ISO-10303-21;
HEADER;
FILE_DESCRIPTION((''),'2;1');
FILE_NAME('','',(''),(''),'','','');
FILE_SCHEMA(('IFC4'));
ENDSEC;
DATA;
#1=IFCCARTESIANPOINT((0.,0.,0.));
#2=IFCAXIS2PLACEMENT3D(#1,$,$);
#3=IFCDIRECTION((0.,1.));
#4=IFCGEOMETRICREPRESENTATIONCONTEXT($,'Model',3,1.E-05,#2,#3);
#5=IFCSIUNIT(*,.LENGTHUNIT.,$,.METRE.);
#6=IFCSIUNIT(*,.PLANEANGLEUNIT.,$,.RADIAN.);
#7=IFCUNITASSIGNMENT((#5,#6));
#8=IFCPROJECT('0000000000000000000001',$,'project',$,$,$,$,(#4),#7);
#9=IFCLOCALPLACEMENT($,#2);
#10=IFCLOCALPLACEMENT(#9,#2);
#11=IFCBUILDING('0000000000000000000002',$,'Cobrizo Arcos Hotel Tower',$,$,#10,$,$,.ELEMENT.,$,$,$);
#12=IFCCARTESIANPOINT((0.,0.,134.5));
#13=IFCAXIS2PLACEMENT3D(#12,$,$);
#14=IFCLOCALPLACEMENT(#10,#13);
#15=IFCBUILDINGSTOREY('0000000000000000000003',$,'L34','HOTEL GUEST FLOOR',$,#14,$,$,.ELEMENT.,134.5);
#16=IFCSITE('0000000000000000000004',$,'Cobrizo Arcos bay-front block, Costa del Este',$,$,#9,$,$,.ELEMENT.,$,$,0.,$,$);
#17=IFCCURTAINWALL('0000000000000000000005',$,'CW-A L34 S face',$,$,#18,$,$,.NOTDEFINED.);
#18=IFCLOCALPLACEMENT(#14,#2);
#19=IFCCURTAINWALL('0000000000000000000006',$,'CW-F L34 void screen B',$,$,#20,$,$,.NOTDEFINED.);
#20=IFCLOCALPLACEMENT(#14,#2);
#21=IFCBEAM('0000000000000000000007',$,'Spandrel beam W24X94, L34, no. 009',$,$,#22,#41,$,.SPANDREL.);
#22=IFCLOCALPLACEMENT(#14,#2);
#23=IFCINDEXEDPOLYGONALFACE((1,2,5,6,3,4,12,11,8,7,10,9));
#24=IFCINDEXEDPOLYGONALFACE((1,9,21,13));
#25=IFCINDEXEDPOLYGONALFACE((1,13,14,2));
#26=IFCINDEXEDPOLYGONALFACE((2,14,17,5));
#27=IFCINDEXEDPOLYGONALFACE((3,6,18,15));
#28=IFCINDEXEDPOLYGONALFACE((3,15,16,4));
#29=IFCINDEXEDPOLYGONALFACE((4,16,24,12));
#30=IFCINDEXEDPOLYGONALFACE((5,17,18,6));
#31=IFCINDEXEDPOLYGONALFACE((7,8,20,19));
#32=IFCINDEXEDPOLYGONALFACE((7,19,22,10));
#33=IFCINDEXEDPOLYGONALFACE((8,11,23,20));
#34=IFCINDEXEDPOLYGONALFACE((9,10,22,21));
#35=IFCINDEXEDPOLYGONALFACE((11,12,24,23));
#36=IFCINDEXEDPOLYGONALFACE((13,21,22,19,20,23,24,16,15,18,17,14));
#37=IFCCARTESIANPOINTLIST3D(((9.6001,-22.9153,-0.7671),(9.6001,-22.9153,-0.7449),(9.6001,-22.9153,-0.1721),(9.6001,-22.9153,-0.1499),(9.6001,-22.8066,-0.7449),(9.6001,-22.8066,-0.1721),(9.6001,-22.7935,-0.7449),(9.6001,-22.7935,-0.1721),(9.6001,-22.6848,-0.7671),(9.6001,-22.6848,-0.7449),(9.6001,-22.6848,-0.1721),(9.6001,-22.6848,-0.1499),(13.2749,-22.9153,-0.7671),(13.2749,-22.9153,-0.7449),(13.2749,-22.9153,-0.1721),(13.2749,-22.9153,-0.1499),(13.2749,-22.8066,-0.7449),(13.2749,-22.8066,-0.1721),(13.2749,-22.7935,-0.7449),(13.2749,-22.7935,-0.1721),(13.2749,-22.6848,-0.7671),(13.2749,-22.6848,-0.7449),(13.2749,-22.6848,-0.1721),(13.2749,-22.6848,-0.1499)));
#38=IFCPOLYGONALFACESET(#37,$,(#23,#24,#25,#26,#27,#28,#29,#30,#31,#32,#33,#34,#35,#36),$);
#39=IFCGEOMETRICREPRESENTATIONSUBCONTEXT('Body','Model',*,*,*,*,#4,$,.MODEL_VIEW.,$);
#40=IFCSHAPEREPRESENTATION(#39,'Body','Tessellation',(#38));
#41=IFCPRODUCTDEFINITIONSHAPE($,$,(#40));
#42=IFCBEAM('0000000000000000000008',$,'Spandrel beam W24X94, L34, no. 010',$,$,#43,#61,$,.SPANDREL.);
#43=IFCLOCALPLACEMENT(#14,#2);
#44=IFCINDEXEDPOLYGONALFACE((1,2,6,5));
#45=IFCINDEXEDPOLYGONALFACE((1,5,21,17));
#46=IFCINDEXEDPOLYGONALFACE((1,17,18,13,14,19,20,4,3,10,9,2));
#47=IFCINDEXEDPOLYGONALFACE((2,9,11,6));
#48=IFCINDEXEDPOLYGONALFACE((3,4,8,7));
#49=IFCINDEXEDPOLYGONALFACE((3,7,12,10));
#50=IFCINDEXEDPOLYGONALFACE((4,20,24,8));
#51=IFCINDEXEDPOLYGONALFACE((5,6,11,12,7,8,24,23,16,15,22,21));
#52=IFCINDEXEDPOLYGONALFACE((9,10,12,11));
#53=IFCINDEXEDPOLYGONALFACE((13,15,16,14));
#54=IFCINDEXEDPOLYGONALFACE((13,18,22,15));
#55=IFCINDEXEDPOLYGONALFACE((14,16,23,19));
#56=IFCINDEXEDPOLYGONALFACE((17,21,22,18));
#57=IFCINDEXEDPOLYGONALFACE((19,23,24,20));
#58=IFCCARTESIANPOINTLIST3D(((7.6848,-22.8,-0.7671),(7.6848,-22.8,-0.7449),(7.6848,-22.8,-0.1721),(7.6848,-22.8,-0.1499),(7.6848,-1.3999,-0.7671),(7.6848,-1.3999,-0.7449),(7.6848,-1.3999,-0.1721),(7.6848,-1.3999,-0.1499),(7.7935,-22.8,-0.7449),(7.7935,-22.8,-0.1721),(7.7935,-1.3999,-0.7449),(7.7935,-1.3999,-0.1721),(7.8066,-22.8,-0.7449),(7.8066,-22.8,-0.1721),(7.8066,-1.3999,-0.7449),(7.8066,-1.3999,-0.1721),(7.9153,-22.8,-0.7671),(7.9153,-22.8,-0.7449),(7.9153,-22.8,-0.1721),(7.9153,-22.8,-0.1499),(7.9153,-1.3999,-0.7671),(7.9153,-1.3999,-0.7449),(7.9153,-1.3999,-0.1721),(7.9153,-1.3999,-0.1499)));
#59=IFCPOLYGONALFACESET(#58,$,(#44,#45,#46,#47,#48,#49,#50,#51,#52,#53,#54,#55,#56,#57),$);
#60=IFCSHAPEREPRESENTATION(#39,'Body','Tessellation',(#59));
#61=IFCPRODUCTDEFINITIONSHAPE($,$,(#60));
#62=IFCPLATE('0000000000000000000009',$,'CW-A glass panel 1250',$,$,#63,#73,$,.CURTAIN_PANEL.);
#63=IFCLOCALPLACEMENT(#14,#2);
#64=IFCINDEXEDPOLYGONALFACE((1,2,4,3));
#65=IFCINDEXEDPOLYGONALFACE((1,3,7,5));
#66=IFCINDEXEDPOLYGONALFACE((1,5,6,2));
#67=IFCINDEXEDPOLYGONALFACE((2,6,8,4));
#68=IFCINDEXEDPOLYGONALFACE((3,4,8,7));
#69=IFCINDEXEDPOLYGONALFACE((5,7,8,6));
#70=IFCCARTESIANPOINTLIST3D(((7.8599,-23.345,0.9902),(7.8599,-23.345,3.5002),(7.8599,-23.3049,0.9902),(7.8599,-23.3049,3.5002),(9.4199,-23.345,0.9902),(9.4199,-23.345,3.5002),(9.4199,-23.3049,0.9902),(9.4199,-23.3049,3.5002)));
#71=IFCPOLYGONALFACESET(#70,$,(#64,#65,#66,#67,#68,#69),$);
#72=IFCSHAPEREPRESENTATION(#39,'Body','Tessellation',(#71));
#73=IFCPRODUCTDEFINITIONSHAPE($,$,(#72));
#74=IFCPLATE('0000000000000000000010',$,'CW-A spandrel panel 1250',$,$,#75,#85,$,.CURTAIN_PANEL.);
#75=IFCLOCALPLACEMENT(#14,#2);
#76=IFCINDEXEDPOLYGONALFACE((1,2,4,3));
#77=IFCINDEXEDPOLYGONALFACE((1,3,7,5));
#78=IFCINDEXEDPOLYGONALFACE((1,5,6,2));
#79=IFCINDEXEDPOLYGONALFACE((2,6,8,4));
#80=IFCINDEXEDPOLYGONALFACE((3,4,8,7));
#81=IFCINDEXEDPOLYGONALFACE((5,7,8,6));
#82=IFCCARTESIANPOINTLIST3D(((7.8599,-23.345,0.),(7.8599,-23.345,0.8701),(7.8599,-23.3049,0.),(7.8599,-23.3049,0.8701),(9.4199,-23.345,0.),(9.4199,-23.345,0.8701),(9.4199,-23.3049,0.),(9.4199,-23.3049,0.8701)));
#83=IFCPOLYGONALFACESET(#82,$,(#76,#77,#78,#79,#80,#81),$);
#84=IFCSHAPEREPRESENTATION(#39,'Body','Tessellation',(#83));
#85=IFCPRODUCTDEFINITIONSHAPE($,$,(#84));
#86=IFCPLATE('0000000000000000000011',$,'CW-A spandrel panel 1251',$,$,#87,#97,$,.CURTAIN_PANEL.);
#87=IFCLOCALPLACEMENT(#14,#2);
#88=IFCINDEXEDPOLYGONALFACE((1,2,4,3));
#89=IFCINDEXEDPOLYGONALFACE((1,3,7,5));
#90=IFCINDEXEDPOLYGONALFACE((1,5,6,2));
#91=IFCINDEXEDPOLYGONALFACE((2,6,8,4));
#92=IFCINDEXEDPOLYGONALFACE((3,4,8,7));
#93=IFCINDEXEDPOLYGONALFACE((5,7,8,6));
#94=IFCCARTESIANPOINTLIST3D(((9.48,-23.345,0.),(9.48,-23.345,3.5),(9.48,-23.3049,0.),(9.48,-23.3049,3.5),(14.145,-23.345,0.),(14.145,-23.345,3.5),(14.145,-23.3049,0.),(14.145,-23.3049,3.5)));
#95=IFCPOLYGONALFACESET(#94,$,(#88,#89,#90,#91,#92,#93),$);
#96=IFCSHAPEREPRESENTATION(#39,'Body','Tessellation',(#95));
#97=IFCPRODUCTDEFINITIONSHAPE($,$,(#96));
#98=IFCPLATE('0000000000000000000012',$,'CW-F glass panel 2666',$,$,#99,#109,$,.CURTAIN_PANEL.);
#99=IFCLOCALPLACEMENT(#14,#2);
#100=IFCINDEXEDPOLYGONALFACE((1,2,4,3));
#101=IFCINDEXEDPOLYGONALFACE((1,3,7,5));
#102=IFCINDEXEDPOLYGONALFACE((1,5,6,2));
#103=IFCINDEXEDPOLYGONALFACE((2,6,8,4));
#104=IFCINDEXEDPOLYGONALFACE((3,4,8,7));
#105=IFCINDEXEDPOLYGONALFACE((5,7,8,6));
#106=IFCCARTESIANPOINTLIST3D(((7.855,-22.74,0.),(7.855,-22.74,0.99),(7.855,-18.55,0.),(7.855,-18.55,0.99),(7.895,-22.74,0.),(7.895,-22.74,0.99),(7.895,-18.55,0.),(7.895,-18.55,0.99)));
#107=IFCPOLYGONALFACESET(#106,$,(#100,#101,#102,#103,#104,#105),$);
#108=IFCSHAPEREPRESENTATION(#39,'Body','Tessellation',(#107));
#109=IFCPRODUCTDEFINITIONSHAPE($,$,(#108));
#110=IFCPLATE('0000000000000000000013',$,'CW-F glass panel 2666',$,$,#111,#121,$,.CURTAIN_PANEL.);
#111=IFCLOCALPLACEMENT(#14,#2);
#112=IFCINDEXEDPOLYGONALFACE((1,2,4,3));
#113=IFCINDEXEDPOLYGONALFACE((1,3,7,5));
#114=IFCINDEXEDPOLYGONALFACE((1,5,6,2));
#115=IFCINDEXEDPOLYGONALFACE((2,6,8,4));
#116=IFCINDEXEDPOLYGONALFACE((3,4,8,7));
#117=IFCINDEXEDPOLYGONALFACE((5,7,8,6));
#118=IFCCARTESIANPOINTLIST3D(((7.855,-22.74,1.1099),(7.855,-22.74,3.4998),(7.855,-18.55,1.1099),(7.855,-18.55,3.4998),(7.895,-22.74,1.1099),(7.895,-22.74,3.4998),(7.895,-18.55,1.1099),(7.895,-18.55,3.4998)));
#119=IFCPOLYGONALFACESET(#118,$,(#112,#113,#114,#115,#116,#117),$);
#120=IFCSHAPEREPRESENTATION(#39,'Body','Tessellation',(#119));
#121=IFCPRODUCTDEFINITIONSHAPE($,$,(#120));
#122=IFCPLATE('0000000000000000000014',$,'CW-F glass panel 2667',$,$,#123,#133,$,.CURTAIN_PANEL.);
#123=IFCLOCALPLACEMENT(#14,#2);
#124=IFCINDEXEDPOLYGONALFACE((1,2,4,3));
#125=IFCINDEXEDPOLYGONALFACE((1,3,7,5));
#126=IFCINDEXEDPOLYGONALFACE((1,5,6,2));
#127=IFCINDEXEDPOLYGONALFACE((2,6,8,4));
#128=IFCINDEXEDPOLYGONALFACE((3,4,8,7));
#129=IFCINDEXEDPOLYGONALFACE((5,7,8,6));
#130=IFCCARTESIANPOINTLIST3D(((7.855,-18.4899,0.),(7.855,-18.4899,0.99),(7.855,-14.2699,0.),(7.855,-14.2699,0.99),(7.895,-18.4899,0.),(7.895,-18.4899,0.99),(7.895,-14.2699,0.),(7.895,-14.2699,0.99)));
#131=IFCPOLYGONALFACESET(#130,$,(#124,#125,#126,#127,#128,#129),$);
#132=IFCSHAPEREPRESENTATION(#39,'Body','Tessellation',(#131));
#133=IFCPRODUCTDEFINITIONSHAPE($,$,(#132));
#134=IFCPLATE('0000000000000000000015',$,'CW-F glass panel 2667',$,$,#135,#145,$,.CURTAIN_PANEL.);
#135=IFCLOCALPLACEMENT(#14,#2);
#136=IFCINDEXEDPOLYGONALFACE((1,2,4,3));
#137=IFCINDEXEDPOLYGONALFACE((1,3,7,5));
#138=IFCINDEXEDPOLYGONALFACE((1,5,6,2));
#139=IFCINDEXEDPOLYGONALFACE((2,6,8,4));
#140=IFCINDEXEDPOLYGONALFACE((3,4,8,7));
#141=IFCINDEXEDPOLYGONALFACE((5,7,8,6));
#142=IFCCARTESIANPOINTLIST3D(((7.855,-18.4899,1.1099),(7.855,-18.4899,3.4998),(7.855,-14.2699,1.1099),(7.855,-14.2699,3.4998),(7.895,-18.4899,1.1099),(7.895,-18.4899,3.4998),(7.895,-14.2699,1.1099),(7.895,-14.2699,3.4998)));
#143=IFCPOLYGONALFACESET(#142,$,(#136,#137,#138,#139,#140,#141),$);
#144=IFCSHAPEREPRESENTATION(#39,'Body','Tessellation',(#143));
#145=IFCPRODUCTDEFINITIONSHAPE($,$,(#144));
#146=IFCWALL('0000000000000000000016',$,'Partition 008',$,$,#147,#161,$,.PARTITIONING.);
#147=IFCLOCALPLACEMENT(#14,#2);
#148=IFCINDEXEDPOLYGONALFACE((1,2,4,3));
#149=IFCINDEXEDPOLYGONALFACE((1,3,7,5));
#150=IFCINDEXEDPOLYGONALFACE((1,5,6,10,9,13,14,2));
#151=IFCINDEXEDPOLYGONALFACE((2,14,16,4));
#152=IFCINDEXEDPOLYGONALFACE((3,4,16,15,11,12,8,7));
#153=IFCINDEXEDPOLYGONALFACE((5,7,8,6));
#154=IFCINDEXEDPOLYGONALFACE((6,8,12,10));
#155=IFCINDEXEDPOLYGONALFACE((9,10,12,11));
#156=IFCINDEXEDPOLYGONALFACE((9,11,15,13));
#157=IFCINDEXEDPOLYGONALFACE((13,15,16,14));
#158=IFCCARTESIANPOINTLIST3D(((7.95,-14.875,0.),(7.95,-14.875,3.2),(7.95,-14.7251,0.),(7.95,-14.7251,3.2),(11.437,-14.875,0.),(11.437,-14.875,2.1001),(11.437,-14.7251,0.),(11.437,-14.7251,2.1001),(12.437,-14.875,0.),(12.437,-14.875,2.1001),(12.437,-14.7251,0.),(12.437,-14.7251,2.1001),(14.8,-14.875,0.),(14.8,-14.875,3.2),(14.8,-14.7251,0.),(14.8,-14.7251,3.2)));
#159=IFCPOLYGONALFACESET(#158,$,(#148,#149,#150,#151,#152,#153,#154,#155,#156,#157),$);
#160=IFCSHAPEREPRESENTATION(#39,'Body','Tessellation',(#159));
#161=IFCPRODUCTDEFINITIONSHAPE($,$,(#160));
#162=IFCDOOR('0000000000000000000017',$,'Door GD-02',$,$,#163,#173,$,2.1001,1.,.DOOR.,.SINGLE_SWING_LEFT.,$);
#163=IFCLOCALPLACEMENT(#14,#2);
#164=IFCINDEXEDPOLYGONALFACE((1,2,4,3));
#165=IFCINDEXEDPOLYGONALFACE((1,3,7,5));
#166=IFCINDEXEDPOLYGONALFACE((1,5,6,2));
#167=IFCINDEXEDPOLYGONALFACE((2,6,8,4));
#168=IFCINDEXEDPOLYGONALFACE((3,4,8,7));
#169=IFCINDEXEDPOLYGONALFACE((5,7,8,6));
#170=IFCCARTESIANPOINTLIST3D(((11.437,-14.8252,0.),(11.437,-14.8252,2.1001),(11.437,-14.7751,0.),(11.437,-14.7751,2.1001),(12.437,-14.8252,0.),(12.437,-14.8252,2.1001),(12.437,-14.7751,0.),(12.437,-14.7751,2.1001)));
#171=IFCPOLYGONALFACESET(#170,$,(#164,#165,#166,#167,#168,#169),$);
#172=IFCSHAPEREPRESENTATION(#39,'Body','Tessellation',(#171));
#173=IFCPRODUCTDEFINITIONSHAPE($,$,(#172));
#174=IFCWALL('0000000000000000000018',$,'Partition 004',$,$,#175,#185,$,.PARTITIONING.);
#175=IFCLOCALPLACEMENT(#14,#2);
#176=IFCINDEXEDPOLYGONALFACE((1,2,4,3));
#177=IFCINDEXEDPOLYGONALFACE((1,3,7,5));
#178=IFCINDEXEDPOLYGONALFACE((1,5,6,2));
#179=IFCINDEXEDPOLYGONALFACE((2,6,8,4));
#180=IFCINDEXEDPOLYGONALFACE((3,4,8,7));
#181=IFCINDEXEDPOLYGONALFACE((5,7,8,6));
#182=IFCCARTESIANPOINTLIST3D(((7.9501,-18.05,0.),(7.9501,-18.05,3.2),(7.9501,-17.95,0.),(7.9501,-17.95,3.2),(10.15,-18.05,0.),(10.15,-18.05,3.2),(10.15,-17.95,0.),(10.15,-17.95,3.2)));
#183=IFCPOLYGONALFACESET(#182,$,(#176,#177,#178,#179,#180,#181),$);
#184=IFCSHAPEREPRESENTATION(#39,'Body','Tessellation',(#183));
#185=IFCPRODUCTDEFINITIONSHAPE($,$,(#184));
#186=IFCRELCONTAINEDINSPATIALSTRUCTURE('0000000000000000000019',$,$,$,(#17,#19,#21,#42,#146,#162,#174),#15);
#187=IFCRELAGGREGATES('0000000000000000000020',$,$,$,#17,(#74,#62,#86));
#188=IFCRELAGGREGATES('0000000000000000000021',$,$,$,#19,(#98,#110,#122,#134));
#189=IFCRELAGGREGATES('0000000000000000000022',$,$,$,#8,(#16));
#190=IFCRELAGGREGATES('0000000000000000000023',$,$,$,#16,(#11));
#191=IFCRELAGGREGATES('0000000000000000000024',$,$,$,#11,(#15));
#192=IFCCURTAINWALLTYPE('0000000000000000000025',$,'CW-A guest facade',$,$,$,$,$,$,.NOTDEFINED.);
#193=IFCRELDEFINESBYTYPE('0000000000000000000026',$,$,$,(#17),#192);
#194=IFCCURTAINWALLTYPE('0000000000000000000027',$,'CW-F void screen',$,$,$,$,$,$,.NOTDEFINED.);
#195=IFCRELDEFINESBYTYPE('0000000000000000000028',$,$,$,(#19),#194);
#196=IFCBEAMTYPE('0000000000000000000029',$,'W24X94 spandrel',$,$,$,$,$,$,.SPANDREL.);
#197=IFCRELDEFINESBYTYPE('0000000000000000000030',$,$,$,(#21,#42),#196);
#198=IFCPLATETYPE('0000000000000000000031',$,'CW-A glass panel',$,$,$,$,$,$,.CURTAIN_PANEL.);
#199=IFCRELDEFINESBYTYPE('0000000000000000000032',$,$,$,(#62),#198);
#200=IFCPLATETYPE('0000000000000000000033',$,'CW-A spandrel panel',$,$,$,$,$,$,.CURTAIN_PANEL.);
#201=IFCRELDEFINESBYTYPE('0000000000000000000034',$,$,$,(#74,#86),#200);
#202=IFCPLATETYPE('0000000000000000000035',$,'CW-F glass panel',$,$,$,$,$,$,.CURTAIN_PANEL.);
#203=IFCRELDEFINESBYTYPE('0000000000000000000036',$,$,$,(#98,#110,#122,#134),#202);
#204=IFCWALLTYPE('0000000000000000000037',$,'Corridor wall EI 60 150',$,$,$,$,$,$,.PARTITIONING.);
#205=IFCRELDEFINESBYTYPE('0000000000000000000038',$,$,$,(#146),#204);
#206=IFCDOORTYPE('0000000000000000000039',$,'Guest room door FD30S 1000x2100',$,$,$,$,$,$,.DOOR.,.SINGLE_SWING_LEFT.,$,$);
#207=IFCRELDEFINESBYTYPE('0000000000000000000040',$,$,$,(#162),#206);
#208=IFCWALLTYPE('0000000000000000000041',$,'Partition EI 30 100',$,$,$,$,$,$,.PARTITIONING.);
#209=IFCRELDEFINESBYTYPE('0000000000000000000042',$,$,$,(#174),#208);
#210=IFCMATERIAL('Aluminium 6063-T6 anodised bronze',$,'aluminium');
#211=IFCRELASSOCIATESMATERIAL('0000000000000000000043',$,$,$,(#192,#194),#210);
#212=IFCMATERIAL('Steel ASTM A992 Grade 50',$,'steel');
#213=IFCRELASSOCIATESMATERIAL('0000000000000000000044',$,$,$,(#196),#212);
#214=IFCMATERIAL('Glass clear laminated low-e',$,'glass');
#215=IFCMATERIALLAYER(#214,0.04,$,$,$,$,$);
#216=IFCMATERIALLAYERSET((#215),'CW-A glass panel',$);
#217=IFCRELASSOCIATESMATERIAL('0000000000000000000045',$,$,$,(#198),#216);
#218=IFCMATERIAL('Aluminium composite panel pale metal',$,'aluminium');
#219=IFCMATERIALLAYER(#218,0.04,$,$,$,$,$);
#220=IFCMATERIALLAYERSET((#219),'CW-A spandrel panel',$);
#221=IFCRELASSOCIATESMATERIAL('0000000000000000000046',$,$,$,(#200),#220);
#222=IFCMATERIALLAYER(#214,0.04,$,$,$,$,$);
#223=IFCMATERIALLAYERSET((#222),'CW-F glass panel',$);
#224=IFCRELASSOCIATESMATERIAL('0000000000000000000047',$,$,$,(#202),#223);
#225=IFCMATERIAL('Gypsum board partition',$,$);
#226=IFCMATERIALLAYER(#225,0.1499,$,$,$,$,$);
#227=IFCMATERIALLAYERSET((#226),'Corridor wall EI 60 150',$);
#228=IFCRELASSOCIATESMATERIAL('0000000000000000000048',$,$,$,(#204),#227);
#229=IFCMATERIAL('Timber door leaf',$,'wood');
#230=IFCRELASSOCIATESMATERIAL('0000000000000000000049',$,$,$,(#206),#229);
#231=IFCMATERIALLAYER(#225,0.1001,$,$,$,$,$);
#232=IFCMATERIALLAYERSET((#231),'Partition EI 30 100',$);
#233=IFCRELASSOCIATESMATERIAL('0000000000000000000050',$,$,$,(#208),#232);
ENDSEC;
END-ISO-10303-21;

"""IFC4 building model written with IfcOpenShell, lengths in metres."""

from ifc_helpers import new_model, si_unit, direction, frame, frame_2d, origin, origin_2d, place, context, subcontext, project, spatial, rectangle, i_section, extrude, material, layer, layer_set, material_profile, profile_set, type_object, element, fill, aggregate, save


model = new_model("IFC4")

# Units and contexts
model_context = context("Model", 3, precision=1e-05, world=origin(), true_north=direction((0.0, 1.0)))
body_context = subcontext(model_context, "Body", "Model", "MODEL_VIEW")
ifc_project = project(units=[si_unit("LENGTHUNIT", "METRE"), si_unit("PLANEANGLEUNIT", "RADIAN")], contexts=[model_context])

# Site, building, storey
site_placement = place(None, origin())
site = spatial("IfcSite", under=ifc_project, at=site_placement, Name="Cobrizo Arcos bay-front block, Costa del Este", CompositionType="ELEMENT", RefElevation=0.0)
building_placement = place(site_placement, origin())
building = spatial("IfcBuilding", under=site, at=building_placement, Name="Cobrizo Arcos Hotel Tower", CompositionType="ELEMENT")
storey_placement = place(building_placement, frame((0.0, 0.0, 134.5)))
storey = spatial("IfcBuildingStorey", under=building, at=storey_placement, Name="L34", Description="HOTEL GUEST FLOOR", CompositionType="ELEMENT", Elevation=134.5)

# Curtain walls
ifc_material_1 = material(Name="Aluminium 6063-T6 anodised bronze", Category="aluminium")
curtain_wall_type_1 = type_object("IfcCurtainWallType", Name="CW-A guest facade", PredefinedType="NOTDEFINED", material=ifc_material_1)
curtain_wall_1_placement = place(storey_placement, origin())
curtain_wall_1 = element("IfcCurtainWall", 1, at=curtain_wall_1_placement, inside=storey, type_object=curtain_wall_type_1, Name="CW-A L34 S face", PredefinedType="NOTDEFINED")
curtain_wall_type_2 = type_object("IfcCurtainWallType", Name="CW-F void screen", PredefinedType="NOTDEFINED", material=ifc_material_1)
curtain_wall_2_placement = place(storey_placement, origin())
curtain_wall_2 = element("IfcCurtainWall", 2, at=curtain_wall_2_placement, inside=storey, type_object=curtain_wall_type_2, Name="CW-F L34 void screen B", PredefinedType="NOTDEFINED")

# Beams
ifc_material_2 = material(Name="Steel ASTM A992 Grade 50", Category="steel")
ifc_material_profile_1 = material_profile(ifc_material_2, i_section(OverallWidth=0.2305, OverallDepth=0.6172, WebThickness=0.0132, FlangeThickness=0.0222, at=origin_2d()), Name="W24X94")
ifc_profile_set_1 = profile_set([ifc_material_profile_1], Name="Steel ASTM A992 Grade 50")
beam_type_1 = type_object("IfcBeamType", Name="W24X94 spandrel", PredefinedType="SPANDREL", material=ifc_profile_set_1)
beam_1_placement = place(storey_placement, frame((13.2749, -22.8, -0.4585), z_axis=(-1.0, 0.0, 0.0), x_axis=(0.0, -1.0, 0.0)))
element("IfcBeam", 3, at=beam_1_placement, inside=storey, type_object=beam_type_1, Name="Spandrel beam W24X94, L34, no. 009", PredefinedType="SPANDREL", context=body_context, shape_type="SweptSolid", body=[
    extrude(i_section(OverallWidth=0.2305, OverallDepth=0.6172, WebThickness=0.0132, FlangeThickness=0.0222, at=origin_2d()), origin(), (0.0, 0.0, 1.0), 3.6748),
])
beam_2_placement = place(storey_placement, frame((7.8, -22.8, -0.4585), z_axis=(0.0, 1.0, 0.0), x_axis=(-1.0, 0.0, 0.0)))
element("IfcBeam", 4, at=beam_2_placement, inside=storey, type_object=beam_type_1, Name="Spandrel beam W24X94, L34, no. 010", PredefinedType="SPANDREL", context=body_context, shape_type="SweptSolid", body=[
    extrude(i_section(OverallWidth=0.2305, OverallDepth=0.6172, WebThickness=0.0132, FlangeThickness=0.0222, at=origin_2d()), origin(), (0.0, 0.0, 1.0), 21.4001),
])

# Plates
ifc_material_3 = material(Name="Glass clear laminated low-e", Category="glass")
ifc_layer_1 = layer(ifc_material_3, 0.04)
ifc_layer_set_1 = layer_set([ifc_layer_1], Name="CW-A glass panel")
plate_type_1 = type_object("IfcPlateType", Name="CW-A glass panel", PredefinedType="CURTAIN_PANEL", material=ifc_layer_set_1)
plate_1_placement = place(storey_placement, frame((8.6399, -23.325, 0.9902), z_axis=(0.0, 0.0, 1.0), x_axis=(1.0, 0.0, 0.0)))
plate_1 = element("IfcPlate", 5, at=plate_1_placement, type_object=plate_type_1, Name="CW-A glass panel 1250", PredefinedType="CURTAIN_PANEL", context=body_context, shape_type="SweptSolid", body=[
    extrude(rectangle(XDim=1.5601, YDim=0.04, at=origin_2d()), origin(), (0.0, 0.0, 1.0), 2.51),
])
ifc_material_4 = material(Name="Aluminium composite panel pale metal", Category="aluminium")
ifc_layer_2 = layer(ifc_material_4, 0.04)
ifc_layer_set_2 = layer_set([ifc_layer_2], Name="CW-A spandrel panel")
plate_type_2 = type_object("IfcPlateType", Name="CW-A spandrel panel", PredefinedType="CURTAIN_PANEL", material=ifc_layer_set_2)
plate_2_placement = place(storey_placement, frame((8.6399, -23.325, 0.0), z_axis=(0.0, 0.0, 1.0), x_axis=(1.0, 0.0, 0.0)))
plate_2 = element("IfcPlate", 6, at=plate_2_placement, type_object=plate_type_2, Name="CW-A spandrel panel 1250", PredefinedType="CURTAIN_PANEL", context=body_context, shape_type="SweptSolid", body=[
    extrude(rectangle(XDim=1.5601, YDim=0.04, at=origin_2d()), origin(), (0.0, 0.0, 1.0), 0.8701),
])
plate_3_placement = place(storey_placement, frame((11.8125, -23.325, 0.0), z_axis=(0.0, 0.0, 1.0), x_axis=(1.0, 0.0, 0.0)))
plate_3 = element("IfcPlate", 7, at=plate_3_placement, type_object=plate_type_2, Name="CW-A spandrel panel 1251", PredefinedType="CURTAIN_PANEL", context=body_context, shape_type="SweptSolid", body=[
    extrude(rectangle(XDim=4.665, YDim=0.04, at=origin_2d()), origin(), (0.0, 0.0, 1.0), 3.5),
])
aggregate(curtain_wall_1, [plate_2, plate_1, plate_3])
ifc_layer_3 = layer(ifc_material_3, 0.04)
ifc_layer_set_3 = layer_set([ifc_layer_3], Name="CW-F glass panel")
plate_type_3 = type_object("IfcPlateType", Name="CW-F glass panel", PredefinedType="CURTAIN_PANEL", material=ifc_layer_set_3)
plate_4_placement = place(storey_placement, frame((7.875, -20.645, 0.0), z_axis=(0.0, 0.0, 1.0), x_axis=(0.0, 1.0, 0.0)))
plate_4 = element("IfcPlate", 8, at=plate_4_placement, type_object=plate_type_3, Name="CW-F glass panel 2666", PredefinedType="CURTAIN_PANEL", context=body_context, shape_type="SweptSolid", body=[
    extrude(rectangle(XDim=4.1899, YDim=0.04, at=origin_2d()), origin(), (0.0, 0.0, 1.0), 0.99),
])
plate_5_placement = place(storey_placement, frame((7.875, -20.645, 1.1099), z_axis=(0.0, 0.0, 1.0), x_axis=(0.0, 1.0, 0.0)))
plate_5 = element("IfcPlate", 9, at=plate_5_placement, type_object=plate_type_3, Name="CW-F glass panel 2666", PredefinedType="CURTAIN_PANEL", context=body_context, shape_type="SweptSolid", body=[
    extrude(rectangle(XDim=4.1899, YDim=0.04, at=origin_2d()), origin(), (0.0, 0.0, 1.0), 2.3899),
])
plate_6_placement = place(storey_placement, frame((7.875, -16.3799, 0.0), z_axis=(0.0, 0.0, 1.0), x_axis=(0.0, 1.0, 0.0)))
plate_6 = element("IfcPlate", 10, at=plate_6_placement, type_object=plate_type_3, Name="CW-F glass panel 2667", PredefinedType="CURTAIN_PANEL", context=body_context, shape_type="SweptSolid", body=[
    extrude(rectangle(XDim=4.22, YDim=0.04, at=origin_2d()), origin(), (0.0, 0.0, 1.0), 0.99),
])
plate_7_placement = place(storey_placement, frame((7.875, -16.3799, 1.1099), z_axis=(0.0, 0.0, 1.0), x_axis=(0.0, 1.0, 0.0)))
plate_7 = element("IfcPlate", 11, at=plate_7_placement, type_object=plate_type_3, Name="CW-F glass panel 2667", PredefinedType="CURTAIN_PANEL", context=body_context, shape_type="SweptSolid", body=[
    extrude(rectangle(XDim=4.22, YDim=0.04, at=origin_2d()), origin(), (0.0, 0.0, 1.0), 2.3899),
])
aggregate(curtain_wall_2, [plate_4, plate_5, plate_6, plate_7])

# Wall, opening, door
ifc_material_5 = material(Name="Gypsum board partition")
ifc_layer_4 = layer(ifc_material_5, 0.1499)
ifc_layer_set_4 = layer_set([ifc_layer_4], Name="Corridor wall EI 60 150")
wall_type_1 = type_object("IfcWallType", Name="Corridor wall EI 60 150", PredefinedType="PARTITIONING", material=ifc_layer_set_4)
wall_1_placement = place(storey_placement, frame((7.95, -14.8, 0.0), z_axis=(0.0, 0.0, 1.0), x_axis=(1.0, 0.0, 0.0)))
wall_1 = element("IfcWall", 12, at=wall_1_placement, inside=storey, type_object=wall_type_1, Name="Partition 008", PredefinedType="PARTITIONING", context=body_context, shape_type="SweptSolid", body=[
    extrude(rectangle(XDim=6.8501, YDim=0.1499, at=frame_2d((3.425, 0.0))), origin(), (0.0, 0.0, 1.0), 3.2),
])
opening_1_placement = place(wall_1_placement, frame((3.4871, 0.0, 0.0)))
opening_1 = element("IfcOpeningElement", 13, at=opening_1_placement, cuts=wall_1, PredefinedType="OPENING", context=body_context, shape_type="SweptSolid", body=[
    extrude(rectangle(XDim=1.0, YDim=2.1001, at=frame_2d((0.5, 1.05))), frame((0.0, 0.0869, 0.0), z_axis=(0.0, -1.0, 0.0), x_axis=(1.0, 0.0, 0.0)), (0.0, 0.0, 1.0), 0.1738),
])
ifc_material_6 = material(Name="Timber door leaf", Category="wood")
door_type_1 = type_object("IfcDoorType", Name="Guest room door FD30S 1000x2100", OperationType="SINGLE_SWING_LEFT", PredefinedType="DOOR", material=ifc_material_6)
door_1_placement = place(opening_1_placement, origin())
door_1 = element("IfcDoor", 14, at=door_1_placement, inside=storey, type_object=door_type_1, Name="Door GD-02", OperationType="SINGLE_SWING_LEFT", OverallHeight=2.1001, OverallWidth=1.0, PredefinedType="DOOR", context=body_context, shape_type="SweptSolid", body=[
    extrude(rectangle(XDim=1.0, YDim=2.1001, at=frame_2d((0.5, 1.05))), frame((0.0, 0.0249, 0.0), z_axis=(0.0, -1.0, 0.0), x_axis=(1.0, 0.0, 0.0)), (0.0, 0.0, 1.0), 0.05),
])
fill(opening_1, door_1)

# Wall
ifc_layer_5 = layer(ifc_material_5, 0.1001)
ifc_layer_set_5 = layer_set([ifc_layer_5], Name="Partition EI 30 100")
wall_type_2 = type_object("IfcWallType", Name="Partition EI 30 100", PredefinedType="PARTITIONING", material=ifc_layer_set_5)
wall_2_placement = place(storey_placement, frame((7.95, -18.0, 0.0), z_axis=(0.0, 0.0, 1.0), x_axis=(1.0, 0.0, 0.0)))
element("IfcWall", 15, at=wall_2_placement, inside=storey, type_object=wall_type_2, Name="Partition 004", PredefinedType="PARTITIONING", context=body_context, shape_type="SweptSolid", body=[
    extrude(rectangle(XDim=2.2, YDim=0.1001, at=frame_2d((1.1001, 0.0))), origin(), (0.0, 0.0, 1.0), 3.2),
])

save(model, "model.ifc")
